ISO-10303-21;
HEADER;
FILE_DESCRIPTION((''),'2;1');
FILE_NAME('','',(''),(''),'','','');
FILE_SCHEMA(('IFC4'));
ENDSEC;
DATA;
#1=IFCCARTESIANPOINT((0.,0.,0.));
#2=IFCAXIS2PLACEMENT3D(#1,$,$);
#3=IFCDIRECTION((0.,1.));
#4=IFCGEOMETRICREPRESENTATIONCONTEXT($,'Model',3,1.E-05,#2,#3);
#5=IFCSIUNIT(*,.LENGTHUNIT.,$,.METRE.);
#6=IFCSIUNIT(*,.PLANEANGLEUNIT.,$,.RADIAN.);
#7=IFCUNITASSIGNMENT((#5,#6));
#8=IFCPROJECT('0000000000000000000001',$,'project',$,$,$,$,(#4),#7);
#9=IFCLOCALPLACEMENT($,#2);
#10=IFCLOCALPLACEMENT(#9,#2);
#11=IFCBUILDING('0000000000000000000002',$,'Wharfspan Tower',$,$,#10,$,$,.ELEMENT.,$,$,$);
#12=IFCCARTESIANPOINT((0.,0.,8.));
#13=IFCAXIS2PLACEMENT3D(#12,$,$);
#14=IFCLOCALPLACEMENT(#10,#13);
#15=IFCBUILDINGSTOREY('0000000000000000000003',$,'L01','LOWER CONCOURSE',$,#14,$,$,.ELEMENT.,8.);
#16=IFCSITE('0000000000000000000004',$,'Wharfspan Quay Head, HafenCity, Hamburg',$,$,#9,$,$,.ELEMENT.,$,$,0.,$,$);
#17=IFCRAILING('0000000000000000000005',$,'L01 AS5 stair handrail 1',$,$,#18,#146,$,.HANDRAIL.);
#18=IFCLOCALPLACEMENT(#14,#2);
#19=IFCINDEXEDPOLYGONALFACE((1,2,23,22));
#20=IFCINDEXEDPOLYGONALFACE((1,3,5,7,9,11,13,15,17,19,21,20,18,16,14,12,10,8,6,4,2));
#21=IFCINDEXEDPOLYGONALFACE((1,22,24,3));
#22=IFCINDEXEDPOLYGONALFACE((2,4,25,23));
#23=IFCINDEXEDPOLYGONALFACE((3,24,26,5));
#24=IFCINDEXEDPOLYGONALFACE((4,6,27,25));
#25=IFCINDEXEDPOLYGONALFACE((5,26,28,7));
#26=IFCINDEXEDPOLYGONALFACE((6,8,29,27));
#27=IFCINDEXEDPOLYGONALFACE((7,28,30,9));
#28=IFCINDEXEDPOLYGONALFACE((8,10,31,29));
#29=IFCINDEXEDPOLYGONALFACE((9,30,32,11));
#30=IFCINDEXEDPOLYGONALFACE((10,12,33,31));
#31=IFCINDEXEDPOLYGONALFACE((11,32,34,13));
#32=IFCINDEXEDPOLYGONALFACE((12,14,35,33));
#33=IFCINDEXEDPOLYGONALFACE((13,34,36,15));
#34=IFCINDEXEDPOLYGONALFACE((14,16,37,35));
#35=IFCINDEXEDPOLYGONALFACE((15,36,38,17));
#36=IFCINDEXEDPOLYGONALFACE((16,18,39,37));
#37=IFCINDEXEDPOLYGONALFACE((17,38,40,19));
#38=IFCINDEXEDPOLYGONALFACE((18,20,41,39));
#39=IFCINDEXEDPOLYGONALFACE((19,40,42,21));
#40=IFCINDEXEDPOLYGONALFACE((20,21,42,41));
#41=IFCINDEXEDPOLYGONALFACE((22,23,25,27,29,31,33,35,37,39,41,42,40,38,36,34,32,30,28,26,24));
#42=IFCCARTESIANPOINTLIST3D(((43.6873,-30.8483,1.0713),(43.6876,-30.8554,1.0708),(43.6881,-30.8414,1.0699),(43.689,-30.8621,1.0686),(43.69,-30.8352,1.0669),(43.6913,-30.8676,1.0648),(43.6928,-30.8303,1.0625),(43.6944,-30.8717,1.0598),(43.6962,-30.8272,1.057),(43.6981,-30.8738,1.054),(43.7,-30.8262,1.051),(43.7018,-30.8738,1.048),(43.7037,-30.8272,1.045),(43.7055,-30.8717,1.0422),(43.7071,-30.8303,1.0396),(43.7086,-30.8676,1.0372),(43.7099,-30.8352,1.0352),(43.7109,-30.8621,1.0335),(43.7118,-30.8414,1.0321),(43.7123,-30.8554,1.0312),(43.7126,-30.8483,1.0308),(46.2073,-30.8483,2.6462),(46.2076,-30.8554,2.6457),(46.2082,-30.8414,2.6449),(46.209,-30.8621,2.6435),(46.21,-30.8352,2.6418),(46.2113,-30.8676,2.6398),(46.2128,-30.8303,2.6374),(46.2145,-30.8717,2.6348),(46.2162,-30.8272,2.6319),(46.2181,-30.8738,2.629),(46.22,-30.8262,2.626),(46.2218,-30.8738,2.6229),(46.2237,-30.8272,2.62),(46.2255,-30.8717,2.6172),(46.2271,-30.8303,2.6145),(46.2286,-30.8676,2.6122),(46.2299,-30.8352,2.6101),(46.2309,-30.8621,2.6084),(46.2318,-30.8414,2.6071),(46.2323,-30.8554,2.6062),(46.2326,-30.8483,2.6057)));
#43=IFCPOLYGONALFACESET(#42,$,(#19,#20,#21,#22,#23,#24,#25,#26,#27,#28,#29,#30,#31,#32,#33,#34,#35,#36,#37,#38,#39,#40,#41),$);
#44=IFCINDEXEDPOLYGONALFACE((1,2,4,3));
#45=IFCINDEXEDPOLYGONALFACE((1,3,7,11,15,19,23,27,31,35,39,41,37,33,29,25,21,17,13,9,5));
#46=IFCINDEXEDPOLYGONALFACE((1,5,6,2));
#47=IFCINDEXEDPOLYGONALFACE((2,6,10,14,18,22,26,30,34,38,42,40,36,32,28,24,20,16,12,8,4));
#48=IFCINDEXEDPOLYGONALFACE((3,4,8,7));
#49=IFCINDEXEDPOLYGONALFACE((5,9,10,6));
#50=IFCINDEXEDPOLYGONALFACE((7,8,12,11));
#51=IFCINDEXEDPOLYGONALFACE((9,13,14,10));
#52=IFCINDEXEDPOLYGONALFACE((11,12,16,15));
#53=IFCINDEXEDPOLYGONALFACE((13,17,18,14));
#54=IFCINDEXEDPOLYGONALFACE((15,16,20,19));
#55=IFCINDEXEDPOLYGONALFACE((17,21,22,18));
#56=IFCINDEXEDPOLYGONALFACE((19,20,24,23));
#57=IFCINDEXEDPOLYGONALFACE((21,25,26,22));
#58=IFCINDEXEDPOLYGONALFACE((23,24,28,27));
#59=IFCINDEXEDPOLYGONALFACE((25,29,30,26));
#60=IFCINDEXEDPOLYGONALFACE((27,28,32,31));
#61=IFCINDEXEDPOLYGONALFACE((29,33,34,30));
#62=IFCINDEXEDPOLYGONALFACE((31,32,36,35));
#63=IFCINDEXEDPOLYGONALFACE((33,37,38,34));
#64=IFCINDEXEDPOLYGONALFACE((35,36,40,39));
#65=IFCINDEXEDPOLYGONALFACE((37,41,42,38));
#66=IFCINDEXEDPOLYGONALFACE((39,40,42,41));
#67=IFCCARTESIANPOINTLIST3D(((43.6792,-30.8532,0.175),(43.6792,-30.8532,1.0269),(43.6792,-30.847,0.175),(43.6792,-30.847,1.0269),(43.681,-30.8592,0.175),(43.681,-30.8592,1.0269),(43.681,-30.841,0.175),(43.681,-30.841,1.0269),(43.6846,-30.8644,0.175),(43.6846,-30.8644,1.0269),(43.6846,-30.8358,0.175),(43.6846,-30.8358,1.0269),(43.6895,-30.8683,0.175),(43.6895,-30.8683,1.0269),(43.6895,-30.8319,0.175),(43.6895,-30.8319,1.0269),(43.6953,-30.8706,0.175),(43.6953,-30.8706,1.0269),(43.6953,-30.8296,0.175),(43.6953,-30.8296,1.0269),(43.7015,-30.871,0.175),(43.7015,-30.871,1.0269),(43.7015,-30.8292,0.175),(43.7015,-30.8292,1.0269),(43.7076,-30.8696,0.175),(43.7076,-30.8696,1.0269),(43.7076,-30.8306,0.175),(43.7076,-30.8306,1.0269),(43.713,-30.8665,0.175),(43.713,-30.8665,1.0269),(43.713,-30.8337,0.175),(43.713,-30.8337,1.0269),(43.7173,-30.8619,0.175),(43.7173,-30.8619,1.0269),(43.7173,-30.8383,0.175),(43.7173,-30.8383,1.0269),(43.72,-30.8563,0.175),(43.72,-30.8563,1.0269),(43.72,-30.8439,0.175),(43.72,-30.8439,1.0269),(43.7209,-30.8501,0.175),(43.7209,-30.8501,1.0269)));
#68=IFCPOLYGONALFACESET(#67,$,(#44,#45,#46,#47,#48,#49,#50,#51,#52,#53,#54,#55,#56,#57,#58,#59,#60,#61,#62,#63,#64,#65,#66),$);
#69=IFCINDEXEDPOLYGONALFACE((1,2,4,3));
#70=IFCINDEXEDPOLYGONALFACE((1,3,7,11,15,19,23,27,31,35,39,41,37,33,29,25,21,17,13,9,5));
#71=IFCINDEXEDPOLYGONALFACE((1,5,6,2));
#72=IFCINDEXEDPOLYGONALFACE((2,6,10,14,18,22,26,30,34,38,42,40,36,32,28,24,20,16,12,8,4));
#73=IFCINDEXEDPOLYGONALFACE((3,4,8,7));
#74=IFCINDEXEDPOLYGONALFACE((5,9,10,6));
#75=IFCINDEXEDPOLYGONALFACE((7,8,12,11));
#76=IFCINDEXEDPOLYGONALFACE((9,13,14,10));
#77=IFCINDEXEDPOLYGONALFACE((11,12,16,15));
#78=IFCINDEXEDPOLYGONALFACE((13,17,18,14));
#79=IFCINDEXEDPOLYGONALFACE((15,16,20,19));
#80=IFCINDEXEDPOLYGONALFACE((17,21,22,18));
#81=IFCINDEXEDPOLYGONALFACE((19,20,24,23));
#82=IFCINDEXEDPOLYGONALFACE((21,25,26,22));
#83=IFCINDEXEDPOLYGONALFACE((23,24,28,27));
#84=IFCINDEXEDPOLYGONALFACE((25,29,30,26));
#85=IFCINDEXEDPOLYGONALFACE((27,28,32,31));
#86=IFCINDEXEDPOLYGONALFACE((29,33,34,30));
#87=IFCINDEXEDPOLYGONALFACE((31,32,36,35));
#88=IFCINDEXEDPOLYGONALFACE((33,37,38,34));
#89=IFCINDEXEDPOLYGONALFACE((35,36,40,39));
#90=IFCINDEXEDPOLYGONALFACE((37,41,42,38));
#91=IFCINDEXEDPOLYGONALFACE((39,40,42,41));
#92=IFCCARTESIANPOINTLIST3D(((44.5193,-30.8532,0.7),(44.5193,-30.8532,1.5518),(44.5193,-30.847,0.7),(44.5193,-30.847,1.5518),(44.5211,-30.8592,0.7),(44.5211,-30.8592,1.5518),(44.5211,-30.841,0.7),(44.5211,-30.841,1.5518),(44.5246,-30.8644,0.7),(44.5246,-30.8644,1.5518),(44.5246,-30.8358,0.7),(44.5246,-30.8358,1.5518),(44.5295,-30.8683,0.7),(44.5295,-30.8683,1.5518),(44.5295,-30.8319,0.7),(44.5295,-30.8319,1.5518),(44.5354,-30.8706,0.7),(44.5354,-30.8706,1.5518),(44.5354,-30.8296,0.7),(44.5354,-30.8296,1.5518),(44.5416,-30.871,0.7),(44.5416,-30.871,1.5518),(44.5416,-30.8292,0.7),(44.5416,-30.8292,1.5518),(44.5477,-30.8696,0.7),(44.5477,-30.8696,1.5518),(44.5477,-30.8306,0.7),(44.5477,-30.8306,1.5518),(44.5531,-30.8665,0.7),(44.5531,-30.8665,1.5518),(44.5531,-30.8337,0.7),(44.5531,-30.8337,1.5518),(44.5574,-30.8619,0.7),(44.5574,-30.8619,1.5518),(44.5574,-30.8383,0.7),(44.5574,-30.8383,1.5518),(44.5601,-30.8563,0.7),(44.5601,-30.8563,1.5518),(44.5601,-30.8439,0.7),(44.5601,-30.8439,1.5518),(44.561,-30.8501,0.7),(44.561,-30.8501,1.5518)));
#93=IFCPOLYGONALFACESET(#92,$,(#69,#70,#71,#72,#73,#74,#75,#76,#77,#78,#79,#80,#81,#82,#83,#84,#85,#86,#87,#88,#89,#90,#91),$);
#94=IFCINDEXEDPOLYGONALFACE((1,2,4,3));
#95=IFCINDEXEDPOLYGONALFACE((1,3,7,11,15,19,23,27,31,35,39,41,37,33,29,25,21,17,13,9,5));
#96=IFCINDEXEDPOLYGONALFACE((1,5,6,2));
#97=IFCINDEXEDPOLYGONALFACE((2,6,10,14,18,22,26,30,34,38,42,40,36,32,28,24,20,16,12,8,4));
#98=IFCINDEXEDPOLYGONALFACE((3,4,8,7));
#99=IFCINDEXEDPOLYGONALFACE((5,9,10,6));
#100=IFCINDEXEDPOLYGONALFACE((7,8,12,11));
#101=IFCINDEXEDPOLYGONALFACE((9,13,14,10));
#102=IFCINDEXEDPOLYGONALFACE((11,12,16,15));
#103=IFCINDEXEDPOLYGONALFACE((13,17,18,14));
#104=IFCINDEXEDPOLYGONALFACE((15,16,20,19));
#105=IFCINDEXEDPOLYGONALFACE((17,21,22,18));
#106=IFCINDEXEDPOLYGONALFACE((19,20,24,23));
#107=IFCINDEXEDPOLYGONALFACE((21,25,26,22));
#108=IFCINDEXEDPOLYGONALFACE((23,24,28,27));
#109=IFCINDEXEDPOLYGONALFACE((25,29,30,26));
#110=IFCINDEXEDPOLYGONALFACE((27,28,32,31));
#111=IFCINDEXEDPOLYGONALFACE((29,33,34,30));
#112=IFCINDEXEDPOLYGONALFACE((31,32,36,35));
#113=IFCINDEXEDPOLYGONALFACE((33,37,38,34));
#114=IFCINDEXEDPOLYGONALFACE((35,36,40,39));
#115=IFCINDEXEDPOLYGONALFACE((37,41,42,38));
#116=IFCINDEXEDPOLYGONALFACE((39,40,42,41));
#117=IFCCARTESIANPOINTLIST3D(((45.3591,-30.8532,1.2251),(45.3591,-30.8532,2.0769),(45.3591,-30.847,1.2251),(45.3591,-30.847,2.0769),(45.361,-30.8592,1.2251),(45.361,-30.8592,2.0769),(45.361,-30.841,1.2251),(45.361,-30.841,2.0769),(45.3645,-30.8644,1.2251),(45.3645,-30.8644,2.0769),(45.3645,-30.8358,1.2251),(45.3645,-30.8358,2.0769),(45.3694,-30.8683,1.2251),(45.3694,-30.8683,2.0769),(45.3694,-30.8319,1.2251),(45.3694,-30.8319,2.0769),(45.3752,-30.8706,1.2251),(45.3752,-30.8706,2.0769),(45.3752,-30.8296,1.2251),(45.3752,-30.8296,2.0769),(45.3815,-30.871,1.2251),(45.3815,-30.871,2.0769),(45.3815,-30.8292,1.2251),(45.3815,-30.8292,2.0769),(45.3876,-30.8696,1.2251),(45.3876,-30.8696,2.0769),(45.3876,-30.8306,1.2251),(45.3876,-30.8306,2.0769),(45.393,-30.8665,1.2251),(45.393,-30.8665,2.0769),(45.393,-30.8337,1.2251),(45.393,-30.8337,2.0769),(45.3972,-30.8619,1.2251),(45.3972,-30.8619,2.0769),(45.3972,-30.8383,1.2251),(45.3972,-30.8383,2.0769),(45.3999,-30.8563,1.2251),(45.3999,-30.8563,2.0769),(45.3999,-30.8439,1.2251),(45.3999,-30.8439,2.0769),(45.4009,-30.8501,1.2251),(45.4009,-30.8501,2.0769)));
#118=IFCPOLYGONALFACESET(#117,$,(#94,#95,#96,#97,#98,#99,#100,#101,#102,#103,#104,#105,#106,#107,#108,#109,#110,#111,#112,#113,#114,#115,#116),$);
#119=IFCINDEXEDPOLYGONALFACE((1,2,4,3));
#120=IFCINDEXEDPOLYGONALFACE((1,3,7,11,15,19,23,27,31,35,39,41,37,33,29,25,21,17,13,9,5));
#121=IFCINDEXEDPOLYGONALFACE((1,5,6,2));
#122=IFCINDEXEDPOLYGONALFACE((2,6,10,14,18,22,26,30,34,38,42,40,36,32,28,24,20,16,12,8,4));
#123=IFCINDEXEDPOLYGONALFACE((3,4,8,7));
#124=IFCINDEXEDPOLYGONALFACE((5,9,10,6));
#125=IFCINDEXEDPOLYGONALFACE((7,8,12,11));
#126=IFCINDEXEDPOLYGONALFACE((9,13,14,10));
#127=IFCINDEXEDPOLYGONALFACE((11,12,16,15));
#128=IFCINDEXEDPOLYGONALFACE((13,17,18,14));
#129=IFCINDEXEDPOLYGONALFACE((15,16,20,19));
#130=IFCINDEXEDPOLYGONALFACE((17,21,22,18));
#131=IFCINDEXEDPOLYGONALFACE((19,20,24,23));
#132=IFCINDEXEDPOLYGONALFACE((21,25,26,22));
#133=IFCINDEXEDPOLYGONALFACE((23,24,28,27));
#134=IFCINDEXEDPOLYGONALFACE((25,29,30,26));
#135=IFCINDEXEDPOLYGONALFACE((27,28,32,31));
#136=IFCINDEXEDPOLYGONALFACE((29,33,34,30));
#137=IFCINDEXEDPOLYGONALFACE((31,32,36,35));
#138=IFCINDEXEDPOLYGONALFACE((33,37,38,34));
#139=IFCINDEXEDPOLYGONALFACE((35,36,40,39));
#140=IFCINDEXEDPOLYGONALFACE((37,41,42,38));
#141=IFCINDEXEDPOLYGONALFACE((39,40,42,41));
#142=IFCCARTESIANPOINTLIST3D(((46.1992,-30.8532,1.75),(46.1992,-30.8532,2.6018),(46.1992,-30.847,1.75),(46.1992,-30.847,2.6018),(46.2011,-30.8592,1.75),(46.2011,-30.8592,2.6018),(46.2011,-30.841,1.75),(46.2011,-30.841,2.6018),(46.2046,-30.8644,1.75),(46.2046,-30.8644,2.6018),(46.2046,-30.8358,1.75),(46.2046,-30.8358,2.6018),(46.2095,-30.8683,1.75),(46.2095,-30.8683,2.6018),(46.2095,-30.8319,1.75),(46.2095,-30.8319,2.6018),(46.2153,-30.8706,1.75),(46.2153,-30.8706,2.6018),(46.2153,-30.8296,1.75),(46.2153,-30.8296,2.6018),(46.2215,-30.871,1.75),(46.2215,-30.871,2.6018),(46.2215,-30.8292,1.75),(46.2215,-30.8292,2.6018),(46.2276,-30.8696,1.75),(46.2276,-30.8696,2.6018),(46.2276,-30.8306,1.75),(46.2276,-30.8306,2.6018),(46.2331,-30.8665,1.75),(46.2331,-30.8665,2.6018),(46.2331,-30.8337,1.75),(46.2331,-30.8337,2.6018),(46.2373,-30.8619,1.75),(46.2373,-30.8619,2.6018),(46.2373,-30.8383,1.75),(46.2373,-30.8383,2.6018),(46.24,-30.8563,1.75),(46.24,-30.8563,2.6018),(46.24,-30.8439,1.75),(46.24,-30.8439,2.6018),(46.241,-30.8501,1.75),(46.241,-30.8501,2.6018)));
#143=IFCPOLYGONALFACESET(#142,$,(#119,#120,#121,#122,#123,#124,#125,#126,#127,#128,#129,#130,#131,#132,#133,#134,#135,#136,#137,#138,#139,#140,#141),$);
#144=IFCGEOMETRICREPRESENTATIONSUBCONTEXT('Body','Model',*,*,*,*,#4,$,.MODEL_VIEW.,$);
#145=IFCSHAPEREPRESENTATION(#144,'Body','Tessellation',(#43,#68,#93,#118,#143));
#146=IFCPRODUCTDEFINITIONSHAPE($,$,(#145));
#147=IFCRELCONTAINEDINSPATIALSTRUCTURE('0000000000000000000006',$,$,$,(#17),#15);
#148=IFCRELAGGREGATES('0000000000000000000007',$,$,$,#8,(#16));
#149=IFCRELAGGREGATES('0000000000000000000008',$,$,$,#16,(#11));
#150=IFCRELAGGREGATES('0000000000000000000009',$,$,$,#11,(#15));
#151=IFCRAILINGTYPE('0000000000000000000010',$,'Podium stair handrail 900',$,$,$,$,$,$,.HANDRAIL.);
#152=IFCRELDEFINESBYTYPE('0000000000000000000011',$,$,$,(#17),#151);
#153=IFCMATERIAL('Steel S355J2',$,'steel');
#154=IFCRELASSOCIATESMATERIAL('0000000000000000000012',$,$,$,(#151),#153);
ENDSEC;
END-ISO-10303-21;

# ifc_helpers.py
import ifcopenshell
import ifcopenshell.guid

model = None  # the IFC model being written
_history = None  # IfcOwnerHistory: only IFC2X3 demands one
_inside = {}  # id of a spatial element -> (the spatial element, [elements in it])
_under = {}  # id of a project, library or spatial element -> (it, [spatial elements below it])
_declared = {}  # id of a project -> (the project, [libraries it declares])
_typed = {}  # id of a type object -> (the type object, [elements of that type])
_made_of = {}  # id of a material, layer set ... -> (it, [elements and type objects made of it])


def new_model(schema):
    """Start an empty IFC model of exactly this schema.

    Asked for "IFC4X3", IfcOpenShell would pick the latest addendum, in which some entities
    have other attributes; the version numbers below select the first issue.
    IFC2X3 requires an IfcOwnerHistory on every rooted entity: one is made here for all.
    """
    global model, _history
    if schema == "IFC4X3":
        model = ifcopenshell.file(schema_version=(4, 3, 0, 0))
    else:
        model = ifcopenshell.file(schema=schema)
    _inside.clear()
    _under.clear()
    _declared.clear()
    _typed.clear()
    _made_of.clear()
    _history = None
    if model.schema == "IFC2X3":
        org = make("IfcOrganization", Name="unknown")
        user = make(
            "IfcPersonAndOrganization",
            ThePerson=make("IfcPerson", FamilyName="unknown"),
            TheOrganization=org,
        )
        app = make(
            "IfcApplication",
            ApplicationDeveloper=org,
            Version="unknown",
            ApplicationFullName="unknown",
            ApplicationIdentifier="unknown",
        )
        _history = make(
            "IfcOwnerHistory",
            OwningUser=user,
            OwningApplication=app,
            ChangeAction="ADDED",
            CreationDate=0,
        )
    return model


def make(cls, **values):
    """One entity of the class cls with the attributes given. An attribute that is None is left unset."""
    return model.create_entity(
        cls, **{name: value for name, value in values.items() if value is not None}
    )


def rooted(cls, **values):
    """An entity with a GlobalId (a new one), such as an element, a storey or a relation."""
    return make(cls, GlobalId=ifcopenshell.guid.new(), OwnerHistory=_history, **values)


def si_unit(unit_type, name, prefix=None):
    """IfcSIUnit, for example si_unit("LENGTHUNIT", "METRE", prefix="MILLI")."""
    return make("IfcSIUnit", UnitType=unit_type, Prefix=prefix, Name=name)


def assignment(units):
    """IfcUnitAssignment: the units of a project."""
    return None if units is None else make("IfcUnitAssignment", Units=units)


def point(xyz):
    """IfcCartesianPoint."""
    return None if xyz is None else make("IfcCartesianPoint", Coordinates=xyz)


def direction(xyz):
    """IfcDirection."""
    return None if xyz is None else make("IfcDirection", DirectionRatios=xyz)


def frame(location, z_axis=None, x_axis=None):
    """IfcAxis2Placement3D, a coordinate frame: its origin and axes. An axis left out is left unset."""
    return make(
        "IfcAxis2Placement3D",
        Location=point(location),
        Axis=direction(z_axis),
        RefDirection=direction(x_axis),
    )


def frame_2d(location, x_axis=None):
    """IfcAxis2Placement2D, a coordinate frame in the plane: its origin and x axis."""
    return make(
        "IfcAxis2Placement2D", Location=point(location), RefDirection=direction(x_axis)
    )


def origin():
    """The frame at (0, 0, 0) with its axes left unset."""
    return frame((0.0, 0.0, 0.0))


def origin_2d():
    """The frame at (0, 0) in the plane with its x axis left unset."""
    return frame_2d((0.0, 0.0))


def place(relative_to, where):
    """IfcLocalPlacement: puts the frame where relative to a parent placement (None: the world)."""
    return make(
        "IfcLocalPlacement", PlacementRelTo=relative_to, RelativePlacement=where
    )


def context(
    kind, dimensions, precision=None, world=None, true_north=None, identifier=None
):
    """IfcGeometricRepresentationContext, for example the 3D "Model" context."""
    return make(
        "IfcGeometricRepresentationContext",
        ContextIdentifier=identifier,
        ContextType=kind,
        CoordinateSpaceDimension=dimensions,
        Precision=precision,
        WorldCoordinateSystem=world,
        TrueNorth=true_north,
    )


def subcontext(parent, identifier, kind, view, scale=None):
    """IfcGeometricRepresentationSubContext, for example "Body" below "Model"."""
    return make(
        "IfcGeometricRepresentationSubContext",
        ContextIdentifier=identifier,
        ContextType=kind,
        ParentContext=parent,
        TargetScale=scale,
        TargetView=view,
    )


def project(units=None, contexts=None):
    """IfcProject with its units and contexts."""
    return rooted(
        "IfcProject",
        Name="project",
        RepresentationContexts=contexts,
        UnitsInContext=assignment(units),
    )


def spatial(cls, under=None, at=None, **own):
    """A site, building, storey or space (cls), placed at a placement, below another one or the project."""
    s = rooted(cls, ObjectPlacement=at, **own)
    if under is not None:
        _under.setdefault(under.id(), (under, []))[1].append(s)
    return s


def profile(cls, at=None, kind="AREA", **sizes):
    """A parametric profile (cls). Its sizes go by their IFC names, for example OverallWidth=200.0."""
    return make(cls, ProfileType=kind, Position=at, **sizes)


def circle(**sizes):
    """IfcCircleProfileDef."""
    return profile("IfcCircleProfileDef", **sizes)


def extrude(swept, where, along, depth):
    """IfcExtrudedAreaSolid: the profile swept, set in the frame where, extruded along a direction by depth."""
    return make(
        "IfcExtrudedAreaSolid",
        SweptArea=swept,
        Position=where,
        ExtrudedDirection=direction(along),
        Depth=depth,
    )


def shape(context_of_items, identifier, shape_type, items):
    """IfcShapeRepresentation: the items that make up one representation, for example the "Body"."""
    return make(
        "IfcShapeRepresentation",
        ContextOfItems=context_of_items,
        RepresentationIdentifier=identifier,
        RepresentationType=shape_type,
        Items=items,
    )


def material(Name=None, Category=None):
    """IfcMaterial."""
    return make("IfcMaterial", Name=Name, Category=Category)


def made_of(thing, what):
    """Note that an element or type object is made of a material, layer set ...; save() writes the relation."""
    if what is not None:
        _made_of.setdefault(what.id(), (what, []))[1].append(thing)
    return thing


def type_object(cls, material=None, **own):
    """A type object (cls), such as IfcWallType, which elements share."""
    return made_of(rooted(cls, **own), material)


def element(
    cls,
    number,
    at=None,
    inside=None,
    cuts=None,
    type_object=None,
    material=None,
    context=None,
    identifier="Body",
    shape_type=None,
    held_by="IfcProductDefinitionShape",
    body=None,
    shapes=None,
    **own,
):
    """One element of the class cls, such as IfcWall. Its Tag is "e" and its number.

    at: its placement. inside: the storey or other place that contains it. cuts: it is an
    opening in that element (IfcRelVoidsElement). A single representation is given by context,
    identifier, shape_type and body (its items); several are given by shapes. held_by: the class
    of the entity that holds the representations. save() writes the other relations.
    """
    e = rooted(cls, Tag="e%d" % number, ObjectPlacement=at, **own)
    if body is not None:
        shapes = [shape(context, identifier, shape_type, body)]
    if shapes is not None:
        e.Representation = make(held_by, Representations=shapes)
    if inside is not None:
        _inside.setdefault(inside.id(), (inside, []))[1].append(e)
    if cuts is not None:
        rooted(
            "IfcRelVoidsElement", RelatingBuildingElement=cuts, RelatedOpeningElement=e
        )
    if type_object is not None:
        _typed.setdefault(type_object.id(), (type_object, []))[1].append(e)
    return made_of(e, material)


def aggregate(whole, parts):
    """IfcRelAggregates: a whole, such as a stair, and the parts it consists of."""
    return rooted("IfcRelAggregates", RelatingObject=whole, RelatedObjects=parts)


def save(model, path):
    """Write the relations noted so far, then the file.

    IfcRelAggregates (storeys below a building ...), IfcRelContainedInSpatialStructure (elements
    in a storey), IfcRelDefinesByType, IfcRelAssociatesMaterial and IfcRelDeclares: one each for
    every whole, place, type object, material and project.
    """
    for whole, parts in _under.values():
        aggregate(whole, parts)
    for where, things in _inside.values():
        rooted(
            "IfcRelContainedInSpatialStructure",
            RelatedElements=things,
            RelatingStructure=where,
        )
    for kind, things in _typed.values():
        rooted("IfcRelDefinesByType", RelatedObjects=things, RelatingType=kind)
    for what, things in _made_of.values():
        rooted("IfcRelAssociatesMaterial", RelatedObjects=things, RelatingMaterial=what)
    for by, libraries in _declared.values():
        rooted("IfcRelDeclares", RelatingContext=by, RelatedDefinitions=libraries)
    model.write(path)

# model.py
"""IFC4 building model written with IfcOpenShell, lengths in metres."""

from ifc_helpers import new_model, si_unit, direction, frame, origin, origin_2d, place, context, subcontext, project, spatial, circle, extrude, material, type_object, element, save


model = new_model("IFC4")

# Units and contexts
model_context = context("Model", 3, precision=1e-05, world=origin(), true_north=direction((0.0, 1.0)))
body_context = subcontext(model_context, "Body", "Model", "MODEL_VIEW")
ifc_project = project(units=[si_unit("LENGTHUNIT", "METRE"), si_unit("PLANEANGLEUNIT", "RADIAN")], contexts=[model_context])

# Site, building, storey
site_placement = place(None, origin())
site = spatial("IfcSite", under=ifc_project, at=site_placement, Name="Wharfspan Quay Head, HafenCity, Hamburg", CompositionType="ELEMENT", RefElevation=0.0)
building_placement = place(site_placement, origin())
building = spatial("IfcBuilding", under=site, at=building_placement, Name="Wharfspan Tower", CompositionType="ELEMENT")
storey_placement = place(building_placement, frame((0.0, 0.0, 8.0)))
storey = spatial("IfcBuildingStorey", under=building, at=storey_placement, Name="L01", Description="LOWER CONCOURSE", CompositionType="ELEMENT", Elevation=8.0)

# Railing
ifc_material_1 = material(Name="Steel S355J2", Category="steel")
railing_type_1 = type_object("IfcRailingType", Name="Podium stair handrail 900", PredefinedType="HANDRAIL", material=ifc_material_1)
railing_1_placement = place(storey_placement, frame((43.7, -30.8501, 0.175)))
element("IfcRailing", 1, at=railing_1_placement, inside=storey, type_object=railing_type_1, Name="L01 AS5 stair handrail 1", PredefinedType="HANDRAIL", context=body_context, shape_type="SweptSolid", body=[
    extrude(circle(Radius=0.0239, at=origin_2d()), frame((0.0, 0.0, 0.876), z_axis=(0.848008, 0.0, 0.529984), x_axis=(0.0, 1.0, 0.0)), (0.0, 0.0, 1.0), 2.9717),
    extrude(circle(Radius=0.021, at=origin_2d()), origin(), (0.0, 0.0, 1.0), 0.8518),
    extrude(circle(Radius=0.021, at=origin_2d()), frame((0.8401, 0.0, 0.5249)), (0.0, 0.0, 1.0), 0.8518),
    extrude(circle(Radius=0.021, at=origin_2d()), frame((1.6799, 0.0, 1.05)), (0.0, 0.0, 1.0), 0.8518),
    extrude(circle(Radius=0.021, at=origin_2d()), frame((2.52, 0.0, 1.575)), (0.0, 0.0, 1.0), 0.8518),
])

save(model, "model.ifc")
